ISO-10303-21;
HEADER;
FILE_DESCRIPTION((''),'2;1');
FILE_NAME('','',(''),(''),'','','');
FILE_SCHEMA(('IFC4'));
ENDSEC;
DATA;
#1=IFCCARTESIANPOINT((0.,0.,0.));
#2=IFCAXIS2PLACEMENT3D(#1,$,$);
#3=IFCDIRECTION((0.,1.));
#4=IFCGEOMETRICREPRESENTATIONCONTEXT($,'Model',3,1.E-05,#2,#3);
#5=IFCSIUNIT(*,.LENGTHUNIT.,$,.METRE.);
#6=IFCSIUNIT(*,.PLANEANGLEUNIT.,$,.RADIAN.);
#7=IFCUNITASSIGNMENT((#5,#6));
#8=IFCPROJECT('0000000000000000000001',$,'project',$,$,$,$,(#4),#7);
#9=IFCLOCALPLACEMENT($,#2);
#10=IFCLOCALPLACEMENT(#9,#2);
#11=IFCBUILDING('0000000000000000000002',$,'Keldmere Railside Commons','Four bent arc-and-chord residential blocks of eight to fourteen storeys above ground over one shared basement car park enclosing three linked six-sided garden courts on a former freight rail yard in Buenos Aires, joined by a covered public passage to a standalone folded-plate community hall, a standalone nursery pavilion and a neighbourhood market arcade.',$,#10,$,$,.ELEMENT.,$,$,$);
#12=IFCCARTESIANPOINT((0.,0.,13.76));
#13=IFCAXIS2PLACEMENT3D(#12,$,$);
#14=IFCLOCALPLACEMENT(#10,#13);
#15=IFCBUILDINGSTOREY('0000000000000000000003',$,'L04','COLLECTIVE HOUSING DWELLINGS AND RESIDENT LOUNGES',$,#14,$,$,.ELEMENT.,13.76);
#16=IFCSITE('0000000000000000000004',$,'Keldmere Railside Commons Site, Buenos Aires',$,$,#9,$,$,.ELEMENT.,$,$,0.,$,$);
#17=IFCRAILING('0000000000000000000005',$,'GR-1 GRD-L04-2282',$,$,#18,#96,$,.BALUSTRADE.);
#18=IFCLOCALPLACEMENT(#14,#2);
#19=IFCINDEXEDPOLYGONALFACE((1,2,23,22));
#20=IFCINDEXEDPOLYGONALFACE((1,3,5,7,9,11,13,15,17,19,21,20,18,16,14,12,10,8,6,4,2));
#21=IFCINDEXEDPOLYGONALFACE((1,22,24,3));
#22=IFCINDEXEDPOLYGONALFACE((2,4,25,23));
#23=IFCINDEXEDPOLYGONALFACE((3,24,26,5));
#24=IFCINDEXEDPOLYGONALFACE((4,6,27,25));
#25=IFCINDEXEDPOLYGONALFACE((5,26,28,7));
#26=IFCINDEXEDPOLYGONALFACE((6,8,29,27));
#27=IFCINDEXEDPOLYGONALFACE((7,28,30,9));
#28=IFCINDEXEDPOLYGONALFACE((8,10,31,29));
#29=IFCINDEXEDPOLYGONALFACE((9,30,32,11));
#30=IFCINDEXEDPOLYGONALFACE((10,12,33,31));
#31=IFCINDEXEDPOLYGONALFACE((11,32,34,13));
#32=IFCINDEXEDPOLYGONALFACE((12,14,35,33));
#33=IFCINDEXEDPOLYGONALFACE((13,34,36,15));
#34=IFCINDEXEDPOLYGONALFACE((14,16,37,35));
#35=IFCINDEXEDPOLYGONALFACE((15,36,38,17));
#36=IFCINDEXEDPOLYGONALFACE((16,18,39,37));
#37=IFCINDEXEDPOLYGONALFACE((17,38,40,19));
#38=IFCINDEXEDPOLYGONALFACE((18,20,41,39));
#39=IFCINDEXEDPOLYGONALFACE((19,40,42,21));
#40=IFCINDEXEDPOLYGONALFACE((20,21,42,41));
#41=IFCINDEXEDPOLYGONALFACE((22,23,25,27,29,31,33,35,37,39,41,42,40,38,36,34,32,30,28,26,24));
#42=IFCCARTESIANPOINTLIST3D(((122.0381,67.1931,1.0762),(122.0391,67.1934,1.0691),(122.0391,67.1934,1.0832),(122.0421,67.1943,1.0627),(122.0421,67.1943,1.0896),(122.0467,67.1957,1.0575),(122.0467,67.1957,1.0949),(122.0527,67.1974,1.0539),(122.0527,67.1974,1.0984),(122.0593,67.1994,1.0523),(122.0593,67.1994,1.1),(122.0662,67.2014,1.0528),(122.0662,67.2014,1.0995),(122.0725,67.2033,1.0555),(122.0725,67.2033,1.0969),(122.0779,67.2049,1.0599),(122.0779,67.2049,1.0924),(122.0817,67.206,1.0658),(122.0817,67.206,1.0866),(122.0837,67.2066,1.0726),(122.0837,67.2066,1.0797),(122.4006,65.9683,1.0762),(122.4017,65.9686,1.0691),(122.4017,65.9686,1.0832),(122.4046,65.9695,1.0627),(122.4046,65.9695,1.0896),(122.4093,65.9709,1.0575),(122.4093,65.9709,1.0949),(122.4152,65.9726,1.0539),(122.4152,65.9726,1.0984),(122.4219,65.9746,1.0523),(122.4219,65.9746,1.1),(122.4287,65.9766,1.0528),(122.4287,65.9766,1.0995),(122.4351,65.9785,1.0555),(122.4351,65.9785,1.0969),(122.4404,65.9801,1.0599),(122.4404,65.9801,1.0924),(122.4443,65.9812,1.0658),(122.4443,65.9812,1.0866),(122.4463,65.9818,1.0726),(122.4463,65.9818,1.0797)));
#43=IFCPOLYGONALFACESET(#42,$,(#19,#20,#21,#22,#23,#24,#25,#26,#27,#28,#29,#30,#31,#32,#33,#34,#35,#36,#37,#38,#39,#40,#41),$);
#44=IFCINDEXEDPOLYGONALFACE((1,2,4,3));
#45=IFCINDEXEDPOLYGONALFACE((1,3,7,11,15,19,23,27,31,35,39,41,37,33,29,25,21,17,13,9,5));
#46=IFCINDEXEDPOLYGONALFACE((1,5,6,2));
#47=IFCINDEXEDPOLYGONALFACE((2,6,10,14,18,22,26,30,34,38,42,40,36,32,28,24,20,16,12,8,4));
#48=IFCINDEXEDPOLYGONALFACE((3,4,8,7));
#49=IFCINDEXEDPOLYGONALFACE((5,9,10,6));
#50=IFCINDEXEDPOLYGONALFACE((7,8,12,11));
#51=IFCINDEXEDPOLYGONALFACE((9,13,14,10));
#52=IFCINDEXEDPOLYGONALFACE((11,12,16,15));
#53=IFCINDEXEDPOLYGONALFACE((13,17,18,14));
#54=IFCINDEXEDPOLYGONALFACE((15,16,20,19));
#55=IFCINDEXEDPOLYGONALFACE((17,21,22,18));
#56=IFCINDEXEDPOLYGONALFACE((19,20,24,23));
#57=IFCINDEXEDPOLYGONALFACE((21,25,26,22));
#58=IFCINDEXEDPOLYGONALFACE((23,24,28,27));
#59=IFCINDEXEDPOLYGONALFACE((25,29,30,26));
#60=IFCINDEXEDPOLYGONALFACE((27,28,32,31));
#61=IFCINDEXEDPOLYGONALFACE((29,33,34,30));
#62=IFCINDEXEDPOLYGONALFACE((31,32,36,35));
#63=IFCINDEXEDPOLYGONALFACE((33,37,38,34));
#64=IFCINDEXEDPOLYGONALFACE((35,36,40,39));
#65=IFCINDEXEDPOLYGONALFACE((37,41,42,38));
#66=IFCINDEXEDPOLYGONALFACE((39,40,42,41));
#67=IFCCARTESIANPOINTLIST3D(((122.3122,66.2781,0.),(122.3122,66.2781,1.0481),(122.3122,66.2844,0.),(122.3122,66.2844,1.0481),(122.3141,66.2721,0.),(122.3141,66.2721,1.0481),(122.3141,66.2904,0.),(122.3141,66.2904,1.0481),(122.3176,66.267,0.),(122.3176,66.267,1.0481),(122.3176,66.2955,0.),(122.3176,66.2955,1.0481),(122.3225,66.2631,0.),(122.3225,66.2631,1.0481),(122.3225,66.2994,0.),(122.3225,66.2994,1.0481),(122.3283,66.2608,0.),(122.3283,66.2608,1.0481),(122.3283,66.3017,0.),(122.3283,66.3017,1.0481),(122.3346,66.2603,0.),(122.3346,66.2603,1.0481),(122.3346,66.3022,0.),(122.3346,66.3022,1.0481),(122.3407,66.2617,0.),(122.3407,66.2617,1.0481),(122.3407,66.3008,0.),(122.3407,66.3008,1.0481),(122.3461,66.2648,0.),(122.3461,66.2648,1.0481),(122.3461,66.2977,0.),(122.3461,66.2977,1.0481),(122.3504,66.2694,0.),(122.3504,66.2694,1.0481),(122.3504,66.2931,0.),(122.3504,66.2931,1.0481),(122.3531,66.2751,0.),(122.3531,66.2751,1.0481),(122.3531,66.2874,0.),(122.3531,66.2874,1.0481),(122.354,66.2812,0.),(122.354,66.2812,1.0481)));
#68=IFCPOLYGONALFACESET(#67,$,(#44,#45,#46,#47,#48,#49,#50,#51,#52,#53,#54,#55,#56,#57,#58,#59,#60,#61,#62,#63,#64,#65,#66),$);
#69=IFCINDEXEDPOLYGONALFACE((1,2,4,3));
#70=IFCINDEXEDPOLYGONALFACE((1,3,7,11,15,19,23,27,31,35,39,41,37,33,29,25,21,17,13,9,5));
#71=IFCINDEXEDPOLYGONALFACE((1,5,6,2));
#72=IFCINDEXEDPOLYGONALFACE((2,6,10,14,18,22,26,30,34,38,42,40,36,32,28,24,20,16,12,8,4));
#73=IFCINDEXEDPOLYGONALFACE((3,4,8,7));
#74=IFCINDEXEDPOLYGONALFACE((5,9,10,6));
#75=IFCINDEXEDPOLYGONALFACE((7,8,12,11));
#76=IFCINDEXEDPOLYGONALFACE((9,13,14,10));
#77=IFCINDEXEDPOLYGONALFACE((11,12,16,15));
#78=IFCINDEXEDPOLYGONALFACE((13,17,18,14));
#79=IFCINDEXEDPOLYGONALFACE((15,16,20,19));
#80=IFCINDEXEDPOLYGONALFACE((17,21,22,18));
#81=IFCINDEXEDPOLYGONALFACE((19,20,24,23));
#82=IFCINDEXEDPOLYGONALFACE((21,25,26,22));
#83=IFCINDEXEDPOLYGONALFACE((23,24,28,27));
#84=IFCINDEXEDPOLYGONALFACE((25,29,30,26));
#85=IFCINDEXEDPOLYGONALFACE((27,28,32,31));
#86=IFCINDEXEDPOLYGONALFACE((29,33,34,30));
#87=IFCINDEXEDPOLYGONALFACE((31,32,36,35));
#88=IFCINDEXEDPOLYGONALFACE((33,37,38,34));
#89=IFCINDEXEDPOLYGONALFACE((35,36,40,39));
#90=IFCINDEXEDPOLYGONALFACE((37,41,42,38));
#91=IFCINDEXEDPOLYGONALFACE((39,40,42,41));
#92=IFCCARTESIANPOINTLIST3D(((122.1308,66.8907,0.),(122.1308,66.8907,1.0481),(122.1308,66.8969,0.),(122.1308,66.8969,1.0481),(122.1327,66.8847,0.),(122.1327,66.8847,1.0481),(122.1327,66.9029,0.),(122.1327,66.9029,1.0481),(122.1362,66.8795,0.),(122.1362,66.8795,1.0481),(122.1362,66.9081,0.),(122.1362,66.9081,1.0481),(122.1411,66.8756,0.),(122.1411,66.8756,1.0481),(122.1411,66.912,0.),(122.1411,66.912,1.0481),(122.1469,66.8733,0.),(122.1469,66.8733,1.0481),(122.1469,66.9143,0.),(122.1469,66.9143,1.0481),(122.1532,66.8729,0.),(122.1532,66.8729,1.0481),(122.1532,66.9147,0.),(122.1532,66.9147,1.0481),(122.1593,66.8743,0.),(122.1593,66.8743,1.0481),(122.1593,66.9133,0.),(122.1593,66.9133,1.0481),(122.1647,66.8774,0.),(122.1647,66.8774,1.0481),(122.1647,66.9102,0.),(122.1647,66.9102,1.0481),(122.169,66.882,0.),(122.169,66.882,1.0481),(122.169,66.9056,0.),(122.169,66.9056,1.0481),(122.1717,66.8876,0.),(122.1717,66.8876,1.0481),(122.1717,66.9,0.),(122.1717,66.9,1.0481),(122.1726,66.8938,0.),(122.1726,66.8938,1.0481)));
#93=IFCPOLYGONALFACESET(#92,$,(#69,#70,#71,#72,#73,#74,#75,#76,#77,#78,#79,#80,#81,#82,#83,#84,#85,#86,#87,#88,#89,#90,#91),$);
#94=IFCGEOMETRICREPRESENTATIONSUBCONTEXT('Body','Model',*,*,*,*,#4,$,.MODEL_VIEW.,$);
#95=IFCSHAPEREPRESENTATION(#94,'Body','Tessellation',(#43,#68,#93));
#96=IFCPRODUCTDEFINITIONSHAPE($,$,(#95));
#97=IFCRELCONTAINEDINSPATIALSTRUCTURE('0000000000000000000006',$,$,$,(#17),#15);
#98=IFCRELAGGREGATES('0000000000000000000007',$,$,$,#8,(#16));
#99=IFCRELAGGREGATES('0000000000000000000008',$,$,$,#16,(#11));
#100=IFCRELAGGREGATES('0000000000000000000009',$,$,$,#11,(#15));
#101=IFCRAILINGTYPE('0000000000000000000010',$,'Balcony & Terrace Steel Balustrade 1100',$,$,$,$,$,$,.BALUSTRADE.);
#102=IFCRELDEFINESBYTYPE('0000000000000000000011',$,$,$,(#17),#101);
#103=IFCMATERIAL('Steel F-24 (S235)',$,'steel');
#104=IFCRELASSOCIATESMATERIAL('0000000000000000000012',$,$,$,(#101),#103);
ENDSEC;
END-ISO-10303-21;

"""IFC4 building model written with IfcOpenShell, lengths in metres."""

from ifc_helpers import new_model, si_unit, direction, frame, origin, origin_2d, place, context, subcontext, project, spatial, circle, extrude, material, type_object, element, save


model = new_model("IFC4")

# Units and contexts
model_context = context("Model", 3, precision=1e-05, world=origin(), true_north=direction((0.0, 1.0)))
body_context = subcontext(model_context, "Body", "Model", "MODEL_VIEW")
ifc_project = project(units=[si_unit("LENGTHUNIT", "METRE"), si_unit("PLANEANGLEUNIT", "RADIAN")], contexts=[model_context])

# Site, building, storey
site_placement = place(None, origin())
site = spatial("IfcSite", under=ifc_project, at=site_placement, Name="Keldmere Railside Commons Site, Buenos Aires", CompositionType="ELEMENT", RefElevation=0.0)
building_placement = place(site_placement, origin())
building = spatial("IfcBuilding", under=site, at=building_placement, Name="Keldmere Railside Commons", Description="Four bent arc-and-chord residential blocks of eight to fourteen storeys above ground over one shared basement car park enclosing three linked six-sided garden courts on a former freight rail yard in Buenos Aires, joined by a covered public passage to a standalone folded-plate community hall, a standalone nursery pavilion and a neighbourhood market arcade.", CompositionType="ELEMENT")
storey_placement = place(building_placement, frame((0.0, 0.0, 13.76)))
storey = spatial("IfcBuildingStorey", under=building, at=storey_placement, Name="L04", Description="COLLECTIVE HOUSING DWELLINGS AND RESIDENT LOUNGES", CompositionType="ELEMENT", Elevation=13.76)

# Railing
ifc_material_1 = material(Name="Steel F-24 (S235)", Category="steel")
railing_type = type_object("IfcRailingType", Name="Balcony & Terrace Steel Balustrade 1100", PredefinedType="BALUSTRADE", material=ifc_material_1)
railing_1_placement = place(storey_placement, frame((122.4236, 65.9751, 0.0)))
element("IfcRailing", 1, at=railing_1_placement, inside=storey, type_object=railing_type, Name="GR-1 GRD-L04-2282", PredefinedType="BALUSTRADE", context=body_context, shape_type="SweptSolid", body=[
    extrude(circle(Radius=0.0239, at=origin_2d()), frame((0.0, 0.0, 1.0762), z_axis=(-0.283822, 0.958877, 0.0), x_axis=(-0.958877, -0.283822, 0.0)), (0.0, 0.0, 1.0), 1.2773),
    extrude(circle(Radius=0.021, at=origin_2d()), frame((-0.0906, 0.3062, 0.0)), (0.0, 0.0, 1.0), 1.0481),
    extrude(circle(Radius=0.021, at=origin_2d()), frame((-0.272, 0.9187, 0.0)), (0.0, 0.0, 1.0), 1.0481),
])

save(model, "model.ifc")
